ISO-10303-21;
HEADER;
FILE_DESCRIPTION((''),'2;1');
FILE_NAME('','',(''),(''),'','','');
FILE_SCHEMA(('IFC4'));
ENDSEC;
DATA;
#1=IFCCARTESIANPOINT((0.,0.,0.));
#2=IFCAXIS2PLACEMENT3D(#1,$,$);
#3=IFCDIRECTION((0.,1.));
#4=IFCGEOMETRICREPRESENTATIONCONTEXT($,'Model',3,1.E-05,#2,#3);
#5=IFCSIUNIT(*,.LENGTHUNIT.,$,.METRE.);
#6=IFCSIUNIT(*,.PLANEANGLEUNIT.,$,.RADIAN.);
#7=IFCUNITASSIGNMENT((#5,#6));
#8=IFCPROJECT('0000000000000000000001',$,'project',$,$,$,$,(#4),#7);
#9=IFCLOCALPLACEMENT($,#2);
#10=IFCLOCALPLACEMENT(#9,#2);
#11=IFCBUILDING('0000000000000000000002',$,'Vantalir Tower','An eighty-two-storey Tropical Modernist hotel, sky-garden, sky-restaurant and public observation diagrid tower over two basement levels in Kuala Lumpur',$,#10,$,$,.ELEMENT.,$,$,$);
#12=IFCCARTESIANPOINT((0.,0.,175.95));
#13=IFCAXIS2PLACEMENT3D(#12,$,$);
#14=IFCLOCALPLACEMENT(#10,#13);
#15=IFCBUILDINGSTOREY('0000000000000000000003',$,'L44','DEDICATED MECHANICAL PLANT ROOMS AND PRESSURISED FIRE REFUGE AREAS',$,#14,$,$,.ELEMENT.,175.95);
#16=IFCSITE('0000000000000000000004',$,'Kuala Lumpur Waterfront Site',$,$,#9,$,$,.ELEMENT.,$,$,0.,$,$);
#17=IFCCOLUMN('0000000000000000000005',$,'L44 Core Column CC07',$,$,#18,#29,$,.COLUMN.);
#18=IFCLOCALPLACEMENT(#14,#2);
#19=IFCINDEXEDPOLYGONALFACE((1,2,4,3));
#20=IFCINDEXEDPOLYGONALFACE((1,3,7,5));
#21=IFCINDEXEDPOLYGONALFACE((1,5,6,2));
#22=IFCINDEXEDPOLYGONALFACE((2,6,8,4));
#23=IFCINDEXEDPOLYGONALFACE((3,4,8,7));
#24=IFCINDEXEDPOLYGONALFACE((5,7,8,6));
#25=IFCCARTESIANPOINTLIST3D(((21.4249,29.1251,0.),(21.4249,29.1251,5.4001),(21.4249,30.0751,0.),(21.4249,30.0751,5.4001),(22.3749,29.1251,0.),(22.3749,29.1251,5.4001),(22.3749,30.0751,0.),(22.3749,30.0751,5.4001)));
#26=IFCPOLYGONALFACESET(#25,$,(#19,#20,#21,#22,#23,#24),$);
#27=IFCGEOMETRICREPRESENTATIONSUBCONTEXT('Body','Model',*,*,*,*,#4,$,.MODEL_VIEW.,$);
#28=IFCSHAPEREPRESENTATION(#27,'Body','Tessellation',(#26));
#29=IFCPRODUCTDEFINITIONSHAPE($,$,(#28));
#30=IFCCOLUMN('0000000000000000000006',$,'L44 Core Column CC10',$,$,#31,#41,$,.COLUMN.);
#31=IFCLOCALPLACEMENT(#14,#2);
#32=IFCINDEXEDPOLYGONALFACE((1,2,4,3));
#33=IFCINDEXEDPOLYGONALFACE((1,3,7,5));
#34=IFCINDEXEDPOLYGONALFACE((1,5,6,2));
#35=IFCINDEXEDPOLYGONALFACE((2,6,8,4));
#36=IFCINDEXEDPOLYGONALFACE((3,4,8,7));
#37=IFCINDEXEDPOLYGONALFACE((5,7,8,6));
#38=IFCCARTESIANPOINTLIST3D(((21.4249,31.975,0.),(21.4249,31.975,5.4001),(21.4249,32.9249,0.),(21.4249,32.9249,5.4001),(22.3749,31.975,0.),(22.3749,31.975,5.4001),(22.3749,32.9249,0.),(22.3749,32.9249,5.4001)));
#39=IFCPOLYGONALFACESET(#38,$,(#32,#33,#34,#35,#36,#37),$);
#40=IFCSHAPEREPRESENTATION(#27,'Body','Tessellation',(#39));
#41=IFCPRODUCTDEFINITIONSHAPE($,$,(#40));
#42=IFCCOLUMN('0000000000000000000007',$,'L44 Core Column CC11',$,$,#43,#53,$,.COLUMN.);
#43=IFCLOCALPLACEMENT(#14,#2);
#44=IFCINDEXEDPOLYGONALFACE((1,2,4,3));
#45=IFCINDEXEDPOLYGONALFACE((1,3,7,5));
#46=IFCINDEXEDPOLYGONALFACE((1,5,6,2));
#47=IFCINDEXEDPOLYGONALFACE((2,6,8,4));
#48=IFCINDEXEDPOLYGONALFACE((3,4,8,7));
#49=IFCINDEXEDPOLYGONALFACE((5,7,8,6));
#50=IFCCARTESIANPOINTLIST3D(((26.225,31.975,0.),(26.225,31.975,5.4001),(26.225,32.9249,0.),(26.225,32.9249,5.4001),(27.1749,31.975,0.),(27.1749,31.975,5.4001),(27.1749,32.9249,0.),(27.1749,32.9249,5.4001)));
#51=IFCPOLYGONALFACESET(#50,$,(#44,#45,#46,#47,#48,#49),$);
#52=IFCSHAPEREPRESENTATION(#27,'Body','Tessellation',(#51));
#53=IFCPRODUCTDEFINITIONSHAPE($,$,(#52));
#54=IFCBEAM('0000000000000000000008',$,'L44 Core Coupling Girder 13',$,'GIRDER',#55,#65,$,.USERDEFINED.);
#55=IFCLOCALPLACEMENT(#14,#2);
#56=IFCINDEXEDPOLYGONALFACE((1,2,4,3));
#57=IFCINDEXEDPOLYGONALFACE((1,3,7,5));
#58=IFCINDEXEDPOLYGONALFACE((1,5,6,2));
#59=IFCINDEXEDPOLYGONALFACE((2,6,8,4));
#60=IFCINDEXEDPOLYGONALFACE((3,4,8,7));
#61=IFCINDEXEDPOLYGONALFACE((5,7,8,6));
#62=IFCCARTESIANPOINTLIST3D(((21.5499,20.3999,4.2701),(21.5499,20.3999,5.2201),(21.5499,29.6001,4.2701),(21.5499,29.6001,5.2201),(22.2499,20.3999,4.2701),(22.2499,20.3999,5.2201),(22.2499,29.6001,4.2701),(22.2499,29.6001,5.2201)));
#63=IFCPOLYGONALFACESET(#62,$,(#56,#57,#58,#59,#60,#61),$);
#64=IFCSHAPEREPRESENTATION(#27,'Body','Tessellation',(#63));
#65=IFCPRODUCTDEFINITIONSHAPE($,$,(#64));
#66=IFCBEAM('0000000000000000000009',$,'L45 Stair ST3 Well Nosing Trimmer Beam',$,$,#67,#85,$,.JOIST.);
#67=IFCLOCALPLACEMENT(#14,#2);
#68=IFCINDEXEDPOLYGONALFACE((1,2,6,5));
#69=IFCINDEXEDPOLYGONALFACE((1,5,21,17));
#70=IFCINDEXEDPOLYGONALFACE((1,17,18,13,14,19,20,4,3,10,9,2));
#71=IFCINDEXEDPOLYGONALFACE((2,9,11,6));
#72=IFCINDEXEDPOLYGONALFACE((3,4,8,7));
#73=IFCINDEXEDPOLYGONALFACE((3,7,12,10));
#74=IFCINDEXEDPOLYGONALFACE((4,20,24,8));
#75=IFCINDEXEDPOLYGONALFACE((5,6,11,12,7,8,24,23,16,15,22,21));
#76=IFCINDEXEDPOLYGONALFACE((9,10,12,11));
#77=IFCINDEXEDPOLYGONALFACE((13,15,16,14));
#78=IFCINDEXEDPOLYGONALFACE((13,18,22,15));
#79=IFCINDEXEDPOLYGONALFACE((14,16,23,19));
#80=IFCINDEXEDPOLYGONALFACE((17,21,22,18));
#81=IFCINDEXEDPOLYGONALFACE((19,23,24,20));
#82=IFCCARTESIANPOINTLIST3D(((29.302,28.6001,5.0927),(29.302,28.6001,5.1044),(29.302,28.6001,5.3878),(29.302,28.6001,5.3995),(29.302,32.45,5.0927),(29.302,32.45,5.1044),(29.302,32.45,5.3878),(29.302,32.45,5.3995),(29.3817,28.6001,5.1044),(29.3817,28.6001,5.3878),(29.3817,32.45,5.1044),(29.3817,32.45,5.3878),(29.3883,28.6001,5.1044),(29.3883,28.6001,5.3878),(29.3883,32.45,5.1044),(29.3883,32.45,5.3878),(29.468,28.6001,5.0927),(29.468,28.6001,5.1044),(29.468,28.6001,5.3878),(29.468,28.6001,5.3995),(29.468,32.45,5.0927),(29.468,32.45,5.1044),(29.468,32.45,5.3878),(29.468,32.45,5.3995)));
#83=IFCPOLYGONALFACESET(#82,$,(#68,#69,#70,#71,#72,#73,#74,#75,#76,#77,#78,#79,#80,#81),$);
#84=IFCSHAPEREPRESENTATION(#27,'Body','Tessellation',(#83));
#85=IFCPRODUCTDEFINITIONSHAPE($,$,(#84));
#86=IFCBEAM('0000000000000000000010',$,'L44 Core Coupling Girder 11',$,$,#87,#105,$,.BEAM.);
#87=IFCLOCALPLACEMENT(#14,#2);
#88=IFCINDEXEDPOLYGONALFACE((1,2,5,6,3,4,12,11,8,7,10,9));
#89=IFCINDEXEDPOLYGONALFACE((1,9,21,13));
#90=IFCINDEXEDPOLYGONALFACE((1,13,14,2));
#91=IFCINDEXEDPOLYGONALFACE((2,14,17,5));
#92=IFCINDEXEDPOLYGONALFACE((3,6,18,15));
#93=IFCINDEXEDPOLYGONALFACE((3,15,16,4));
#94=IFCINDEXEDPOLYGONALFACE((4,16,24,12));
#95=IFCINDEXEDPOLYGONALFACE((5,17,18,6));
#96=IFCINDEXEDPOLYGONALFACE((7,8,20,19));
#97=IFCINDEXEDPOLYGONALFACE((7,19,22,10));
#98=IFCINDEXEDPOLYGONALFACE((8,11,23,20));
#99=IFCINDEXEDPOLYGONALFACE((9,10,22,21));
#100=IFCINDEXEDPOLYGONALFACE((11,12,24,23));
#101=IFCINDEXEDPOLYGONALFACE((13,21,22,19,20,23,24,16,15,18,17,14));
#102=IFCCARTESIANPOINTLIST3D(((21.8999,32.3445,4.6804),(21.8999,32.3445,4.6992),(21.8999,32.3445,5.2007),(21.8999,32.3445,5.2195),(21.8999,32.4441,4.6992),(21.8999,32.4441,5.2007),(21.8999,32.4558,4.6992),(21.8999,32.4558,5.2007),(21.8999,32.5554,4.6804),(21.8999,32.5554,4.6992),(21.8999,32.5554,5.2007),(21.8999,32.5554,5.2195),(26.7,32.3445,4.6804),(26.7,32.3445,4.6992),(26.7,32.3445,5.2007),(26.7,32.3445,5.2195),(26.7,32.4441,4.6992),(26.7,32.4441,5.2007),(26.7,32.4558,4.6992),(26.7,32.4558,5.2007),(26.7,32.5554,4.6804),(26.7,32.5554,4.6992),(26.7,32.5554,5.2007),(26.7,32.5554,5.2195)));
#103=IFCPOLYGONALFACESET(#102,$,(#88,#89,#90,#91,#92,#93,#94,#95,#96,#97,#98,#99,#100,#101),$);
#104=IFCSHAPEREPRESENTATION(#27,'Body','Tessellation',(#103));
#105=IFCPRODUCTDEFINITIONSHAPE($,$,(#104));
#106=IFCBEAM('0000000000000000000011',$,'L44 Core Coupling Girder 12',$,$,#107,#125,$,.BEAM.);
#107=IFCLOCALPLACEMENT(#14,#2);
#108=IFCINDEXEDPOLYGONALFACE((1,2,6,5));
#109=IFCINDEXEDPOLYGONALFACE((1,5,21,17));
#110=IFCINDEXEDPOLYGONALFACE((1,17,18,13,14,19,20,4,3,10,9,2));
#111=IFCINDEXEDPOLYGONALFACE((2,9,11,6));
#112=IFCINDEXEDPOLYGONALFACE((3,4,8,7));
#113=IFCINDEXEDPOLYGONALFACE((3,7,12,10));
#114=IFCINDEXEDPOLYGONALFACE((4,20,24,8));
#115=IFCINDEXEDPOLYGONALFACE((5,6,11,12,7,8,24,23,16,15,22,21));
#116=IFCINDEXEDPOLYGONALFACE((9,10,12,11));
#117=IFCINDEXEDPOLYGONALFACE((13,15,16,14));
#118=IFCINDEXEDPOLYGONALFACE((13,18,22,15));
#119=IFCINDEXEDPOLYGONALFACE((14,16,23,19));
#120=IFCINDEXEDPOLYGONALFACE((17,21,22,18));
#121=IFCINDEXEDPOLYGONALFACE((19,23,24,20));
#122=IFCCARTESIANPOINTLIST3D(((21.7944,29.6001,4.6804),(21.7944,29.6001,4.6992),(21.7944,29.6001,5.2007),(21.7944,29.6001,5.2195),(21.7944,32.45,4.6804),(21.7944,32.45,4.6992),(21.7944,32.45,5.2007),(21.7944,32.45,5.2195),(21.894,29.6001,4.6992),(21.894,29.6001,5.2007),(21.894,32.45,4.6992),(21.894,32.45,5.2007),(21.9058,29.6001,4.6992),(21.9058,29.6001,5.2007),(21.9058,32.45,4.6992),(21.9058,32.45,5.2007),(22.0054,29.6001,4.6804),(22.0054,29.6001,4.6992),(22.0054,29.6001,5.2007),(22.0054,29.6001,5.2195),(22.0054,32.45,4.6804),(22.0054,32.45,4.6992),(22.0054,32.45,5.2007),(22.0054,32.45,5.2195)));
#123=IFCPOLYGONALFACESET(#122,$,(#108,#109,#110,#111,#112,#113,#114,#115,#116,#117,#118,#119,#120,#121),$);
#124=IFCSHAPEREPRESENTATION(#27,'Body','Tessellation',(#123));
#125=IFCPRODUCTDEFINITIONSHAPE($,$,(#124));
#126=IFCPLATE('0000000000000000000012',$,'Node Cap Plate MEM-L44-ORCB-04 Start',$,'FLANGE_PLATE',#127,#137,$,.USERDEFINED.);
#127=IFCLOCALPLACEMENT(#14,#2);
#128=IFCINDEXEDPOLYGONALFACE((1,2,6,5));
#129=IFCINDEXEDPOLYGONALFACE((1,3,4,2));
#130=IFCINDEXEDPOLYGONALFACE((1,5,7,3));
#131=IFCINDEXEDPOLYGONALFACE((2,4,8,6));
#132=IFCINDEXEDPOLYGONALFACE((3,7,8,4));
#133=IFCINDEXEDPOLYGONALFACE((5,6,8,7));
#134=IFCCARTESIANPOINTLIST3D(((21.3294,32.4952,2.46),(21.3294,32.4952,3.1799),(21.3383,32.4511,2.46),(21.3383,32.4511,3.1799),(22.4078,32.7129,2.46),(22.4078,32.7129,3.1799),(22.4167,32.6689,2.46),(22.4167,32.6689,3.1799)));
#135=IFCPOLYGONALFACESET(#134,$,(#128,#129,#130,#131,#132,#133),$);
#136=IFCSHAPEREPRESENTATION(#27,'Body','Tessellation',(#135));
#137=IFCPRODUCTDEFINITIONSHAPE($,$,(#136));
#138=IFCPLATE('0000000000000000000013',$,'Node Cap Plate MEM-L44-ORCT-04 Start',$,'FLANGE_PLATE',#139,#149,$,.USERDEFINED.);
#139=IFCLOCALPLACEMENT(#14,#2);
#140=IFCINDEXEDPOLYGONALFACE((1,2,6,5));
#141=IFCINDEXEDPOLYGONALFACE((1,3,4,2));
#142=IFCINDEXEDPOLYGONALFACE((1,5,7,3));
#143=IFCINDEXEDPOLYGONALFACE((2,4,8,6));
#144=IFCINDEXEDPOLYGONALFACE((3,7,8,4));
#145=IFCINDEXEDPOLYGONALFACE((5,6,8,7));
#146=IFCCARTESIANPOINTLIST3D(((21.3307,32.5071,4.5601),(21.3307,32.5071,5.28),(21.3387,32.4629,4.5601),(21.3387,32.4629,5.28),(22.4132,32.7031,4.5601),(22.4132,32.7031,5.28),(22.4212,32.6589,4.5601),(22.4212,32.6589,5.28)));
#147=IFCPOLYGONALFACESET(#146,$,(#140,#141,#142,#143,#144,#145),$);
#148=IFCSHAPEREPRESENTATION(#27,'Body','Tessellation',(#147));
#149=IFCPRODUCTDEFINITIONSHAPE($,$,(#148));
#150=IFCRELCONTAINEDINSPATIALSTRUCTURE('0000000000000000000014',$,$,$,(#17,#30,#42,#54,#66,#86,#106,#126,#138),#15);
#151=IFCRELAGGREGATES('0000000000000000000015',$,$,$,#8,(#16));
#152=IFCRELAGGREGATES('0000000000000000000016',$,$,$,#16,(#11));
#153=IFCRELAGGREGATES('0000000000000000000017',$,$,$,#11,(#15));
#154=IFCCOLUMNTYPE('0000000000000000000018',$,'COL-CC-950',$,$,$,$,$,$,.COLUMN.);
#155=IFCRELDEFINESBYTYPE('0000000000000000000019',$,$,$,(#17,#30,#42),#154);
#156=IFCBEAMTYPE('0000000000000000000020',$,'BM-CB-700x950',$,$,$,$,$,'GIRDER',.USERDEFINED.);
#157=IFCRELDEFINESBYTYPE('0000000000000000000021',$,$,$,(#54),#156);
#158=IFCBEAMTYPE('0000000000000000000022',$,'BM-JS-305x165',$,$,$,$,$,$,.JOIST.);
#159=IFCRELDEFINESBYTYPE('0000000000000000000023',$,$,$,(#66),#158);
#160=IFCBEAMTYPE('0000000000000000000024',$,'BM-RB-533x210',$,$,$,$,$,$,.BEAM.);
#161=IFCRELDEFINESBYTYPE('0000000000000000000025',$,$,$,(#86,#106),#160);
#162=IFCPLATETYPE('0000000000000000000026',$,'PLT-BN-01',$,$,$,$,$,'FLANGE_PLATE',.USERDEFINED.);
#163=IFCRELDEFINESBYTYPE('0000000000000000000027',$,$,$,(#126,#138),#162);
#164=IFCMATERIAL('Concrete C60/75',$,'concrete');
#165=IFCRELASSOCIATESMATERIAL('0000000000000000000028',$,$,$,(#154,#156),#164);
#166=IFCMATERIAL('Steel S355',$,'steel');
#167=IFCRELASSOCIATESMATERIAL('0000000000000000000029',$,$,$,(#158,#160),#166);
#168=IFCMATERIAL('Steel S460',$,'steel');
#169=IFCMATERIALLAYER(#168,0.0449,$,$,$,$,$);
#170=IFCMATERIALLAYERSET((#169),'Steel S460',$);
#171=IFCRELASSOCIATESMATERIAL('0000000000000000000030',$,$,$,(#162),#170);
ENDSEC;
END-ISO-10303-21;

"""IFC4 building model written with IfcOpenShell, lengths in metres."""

from ifc_helpers import new_model, si_unit, direction, frame, origin, origin_2d, place, context, subcontext, project, spatial, rectangle, i_section, extrude, material, layer, layer_set, material_profile, profile_set, type_object, element, save


model = new_model("IFC4")

# Units and contexts
model_context = context("Model", 3, precision=1e-05, world=origin(), true_north=direction((0.0, 1.0)))
body_context = subcontext(model_context, "Body", "Model", "MODEL_VIEW")
ifc_project = project(units=[si_unit("LENGTHUNIT", "METRE"), si_unit("PLANEANGLEUNIT", "RADIAN")], contexts=[model_context])

# Site, building, storey
site_placement = place(None, origin())
site = spatial("IfcSite", under=ifc_project, at=site_placement, Name="Kuala Lumpur Waterfront Site", CompositionType="ELEMENT", RefElevation=0.0)
building_placement = place(site_placement, origin())
building = spatial("IfcBuilding", under=site, at=building_placement, Name="Vantalir Tower", Description="An eighty-two-storey Tropical Modernist hotel, sky-garden, sky-restaurant and public observation diagrid tower over two basement levels in Kuala Lumpur", CompositionType="ELEMENT")
storey_placement = place(building_placement, frame((0.0, 0.0, 175.95)))
storey = spatial("IfcBuildingStorey", under=building, at=storey_placement, Name="L44", Description="DEDICATED MECHANICAL PLANT ROOMS AND PRESSURISED FIRE REFUGE AREAS", CompositionType="ELEMENT", Elevation=175.95)

# Columns
ifc_material_1 = material(Name="Concrete C60/75", Category="concrete")
ifc_material_profile_1 = material_profile(ifc_material_1, rectangle(XDim=0.95, YDim=0.95, at=origin_2d()), Name="Concrete C60/75")
ifc_profile_set_1 = profile_set([ifc_material_profile_1], Name="Concrete C60/75")
column_type = type_object("IfcColumnType", Name="COL-CC-950", PredefinedType="COLUMN", material=ifc_profile_set_1)
for number, where, z_axis, x_axis, name in (
    (1, (21.8999, 29.6001, 0.0), (0.0, 0.0, 1.0), (1.0, 0.0, 0.0), "L44 Core Column CC07"),
    (2, (21.8999, 32.45, 0.0), (0.0, 0.0, 1.0), (1.0, 0.0, 0.0), "L44 Core Column CC10"),
    (3, (26.7, 32.45, 0.0), (0.0, 0.0, 1.0), (1.0, 0.0, 0.0), "L44 Core Column CC11"),
):
    element("IfcColumn", number, at=place(storey_placement, frame(where, z_axis=z_axis, x_axis=x_axis)), inside=storey, type_object=column_type, Name=name, PredefinedType="COLUMN", context=body_context, shape_type="SweptSolid", body=[
        extrude(rectangle(XDim=0.95, YDim=0.95, at=origin_2d()), origin(), (0.0, 0.0, 1.0), 5.4001),
    ])

# Beams
ifc_material_profile_2 = material_profile(ifc_material_1, rectangle(XDim=0.7, YDim=0.95, at=origin_2d()), Name="Concrete C60/75")
ifc_profile_set_2 = profile_set([ifc_material_profile_2], Name="Concrete C60/75")
beam_type_1 = type_object("IfcBeamType", Name="BM-CB-700x950", ElementType="GIRDER", PredefinedType="USERDEFINED", material=ifc_profile_set_2)
beam_1_placement = place(storey_placement, frame((21.8999, 29.6001, 4.7451), z_axis=(0.0, -1.0, 0.0), x_axis=(1.0, 0.0, 0.0)))
element("IfcBeam", 4, at=beam_1_placement, inside=storey, type_object=beam_type_1, Name="L44 Core Coupling Girder 13", ObjectType="GIRDER", PredefinedType="USERDEFINED", context=body_context, shape_type="SweptSolid", body=[
    extrude(rectangle(XDim=0.7, YDim=0.95, at=origin_2d()), origin(), (0.0, 0.0, 1.0), 9.2002),
])
ifc_material_2 = material(Name="Steel S355", Category="steel")
ifc_material_profile_3 = material_profile(ifc_material_2, i_section(OverallWidth=0.166, OverallDepth=0.3069, WebThickness=0.0066, FlangeThickness=0.0117, at=origin_2d()), Name="Steel S355")
ifc_profile_set_3 = profile_set([ifc_material_profile_3], Name="Steel S355")
beam_type_2 = type_object("IfcBeamType", Name="BM-JS-305x165", PredefinedType="JOIST", material=ifc_profile_set_3)
beam_2_placement = place(storey_placement, frame((29.385, 28.6001, 5.2461), z_axis=(0.0, 1.0, 0.0), x_axis=(-1.0, 0.0, 0.0)))
element("IfcBeam", 5, at=beam_2_placement, inside=storey, type_object=beam_type_2, Name="L45 Stair ST3 Well Nosing Trimmer Beam", PredefinedType="JOIST", context=body_context, shape_type="SweptSolid", body=[
    extrude(i_section(OverallWidth=0.166, OverallDepth=0.3069, WebThickness=0.0066, FlangeThickness=0.0117, at=origin_2d()), origin(), (0.0, 0.0, 1.0), 3.8499),
])
ifc_material_profile_4 = material_profile(ifc_material_2, i_section(OverallWidth=0.2109, OverallDepth=0.5391, WebThickness=0.0117, FlangeThickness=0.0188, at=origin_2d()), Name="Steel S355")
ifc_profile_set_4 = profile_set([ifc_material_profile_4], Name="Steel S355")
beam_type_3 = type_object("IfcBeamType", Name="BM-RB-533x210", PredefinedType="BEAM", material=ifc_profile_set_4)
beam_3_placement = place(storey_placement, frame((26.7, 32.45, 4.95), z_axis=(-1.0, 0.0, 0.0), x_axis=(0.0, -1.0, 0.0)))
element("IfcBeam", 6, at=beam_3_placement, inside=storey, type_object=beam_type_3, Name="L44 Core Coupling Girder 11", PredefinedType="BEAM", context=body_context, shape_type="SweptSolid", body=[
    extrude(i_section(OverallWidth=0.2109, OverallDepth=0.5391, WebThickness=0.0117, FlangeThickness=0.0188, at=origin_2d()), origin(), (0.0, 0.0, 1.0), 4.8),
])
beam_4_placement = place(storey_placement, frame((21.8999, 32.45, 4.95), z_axis=(0.0, -1.0, 0.0), x_axis=(1.0, 0.0, 0.0)))
element("IfcBeam", 7, at=beam_4_placement, inside=storey, type_object=beam_type_3, Name="L44 Core Coupling Girder 12", PredefinedType="BEAM", context=body_context, shape_type="SweptSolid", body=[
    extrude(i_section(OverallWidth=0.2109, OverallDepth=0.5391, WebThickness=0.0117, FlangeThickness=0.0188, at=origin_2d()), origin(), (0.0, 0.0, 1.0), 2.8499),
])

# Plates
ifc_material_3 = material(Name="Steel S460", Category="steel")
ifc_layer_1 = layer(ifc_material_3, 0.0449)
ifc_layer_set_1 = layer_set([ifc_layer_1], Name="Steel S460")
plate_type = type_object("IfcPlateType", Name="PLT-BN-01", ElementType="FLANGE_PLATE", PredefinedType="USERDEFINED", material=ifc_layer_set_1)
for number, where, z_axis, x_axis, name in (
    (8, (21.873, 32.582, 2.46), (0.0, 0.0, 1.0), (-0.197965, 0.980209, 0.0), "Node Cap Plate MEM-L44-ORCB-04 Start"),
    (9, (21.876, 32.583, 4.5601), (0.0, 0.0, 1.0), (-0.178098, 0.984013, 0.0), "Node Cap Plate MEM-L44-ORCT-04 Start"),
):
    element("IfcPlate", number, at=place(storey_placement, frame(where, z_axis=z_axis, x_axis=x_axis)), inside=storey, type_object=plate_type, Name=name, ObjectType="FLANGE_PLATE", PredefinedType="USERDEFINED", context=body_context, shape_type="SweptSolid", body=[
        extrude(rectangle(XDim=0.0449, YDim=1.1001, at=origin_2d()), origin(), (0.0, 0.0, 1.0), 0.72),
    ])

save(model, "model.ifc")
